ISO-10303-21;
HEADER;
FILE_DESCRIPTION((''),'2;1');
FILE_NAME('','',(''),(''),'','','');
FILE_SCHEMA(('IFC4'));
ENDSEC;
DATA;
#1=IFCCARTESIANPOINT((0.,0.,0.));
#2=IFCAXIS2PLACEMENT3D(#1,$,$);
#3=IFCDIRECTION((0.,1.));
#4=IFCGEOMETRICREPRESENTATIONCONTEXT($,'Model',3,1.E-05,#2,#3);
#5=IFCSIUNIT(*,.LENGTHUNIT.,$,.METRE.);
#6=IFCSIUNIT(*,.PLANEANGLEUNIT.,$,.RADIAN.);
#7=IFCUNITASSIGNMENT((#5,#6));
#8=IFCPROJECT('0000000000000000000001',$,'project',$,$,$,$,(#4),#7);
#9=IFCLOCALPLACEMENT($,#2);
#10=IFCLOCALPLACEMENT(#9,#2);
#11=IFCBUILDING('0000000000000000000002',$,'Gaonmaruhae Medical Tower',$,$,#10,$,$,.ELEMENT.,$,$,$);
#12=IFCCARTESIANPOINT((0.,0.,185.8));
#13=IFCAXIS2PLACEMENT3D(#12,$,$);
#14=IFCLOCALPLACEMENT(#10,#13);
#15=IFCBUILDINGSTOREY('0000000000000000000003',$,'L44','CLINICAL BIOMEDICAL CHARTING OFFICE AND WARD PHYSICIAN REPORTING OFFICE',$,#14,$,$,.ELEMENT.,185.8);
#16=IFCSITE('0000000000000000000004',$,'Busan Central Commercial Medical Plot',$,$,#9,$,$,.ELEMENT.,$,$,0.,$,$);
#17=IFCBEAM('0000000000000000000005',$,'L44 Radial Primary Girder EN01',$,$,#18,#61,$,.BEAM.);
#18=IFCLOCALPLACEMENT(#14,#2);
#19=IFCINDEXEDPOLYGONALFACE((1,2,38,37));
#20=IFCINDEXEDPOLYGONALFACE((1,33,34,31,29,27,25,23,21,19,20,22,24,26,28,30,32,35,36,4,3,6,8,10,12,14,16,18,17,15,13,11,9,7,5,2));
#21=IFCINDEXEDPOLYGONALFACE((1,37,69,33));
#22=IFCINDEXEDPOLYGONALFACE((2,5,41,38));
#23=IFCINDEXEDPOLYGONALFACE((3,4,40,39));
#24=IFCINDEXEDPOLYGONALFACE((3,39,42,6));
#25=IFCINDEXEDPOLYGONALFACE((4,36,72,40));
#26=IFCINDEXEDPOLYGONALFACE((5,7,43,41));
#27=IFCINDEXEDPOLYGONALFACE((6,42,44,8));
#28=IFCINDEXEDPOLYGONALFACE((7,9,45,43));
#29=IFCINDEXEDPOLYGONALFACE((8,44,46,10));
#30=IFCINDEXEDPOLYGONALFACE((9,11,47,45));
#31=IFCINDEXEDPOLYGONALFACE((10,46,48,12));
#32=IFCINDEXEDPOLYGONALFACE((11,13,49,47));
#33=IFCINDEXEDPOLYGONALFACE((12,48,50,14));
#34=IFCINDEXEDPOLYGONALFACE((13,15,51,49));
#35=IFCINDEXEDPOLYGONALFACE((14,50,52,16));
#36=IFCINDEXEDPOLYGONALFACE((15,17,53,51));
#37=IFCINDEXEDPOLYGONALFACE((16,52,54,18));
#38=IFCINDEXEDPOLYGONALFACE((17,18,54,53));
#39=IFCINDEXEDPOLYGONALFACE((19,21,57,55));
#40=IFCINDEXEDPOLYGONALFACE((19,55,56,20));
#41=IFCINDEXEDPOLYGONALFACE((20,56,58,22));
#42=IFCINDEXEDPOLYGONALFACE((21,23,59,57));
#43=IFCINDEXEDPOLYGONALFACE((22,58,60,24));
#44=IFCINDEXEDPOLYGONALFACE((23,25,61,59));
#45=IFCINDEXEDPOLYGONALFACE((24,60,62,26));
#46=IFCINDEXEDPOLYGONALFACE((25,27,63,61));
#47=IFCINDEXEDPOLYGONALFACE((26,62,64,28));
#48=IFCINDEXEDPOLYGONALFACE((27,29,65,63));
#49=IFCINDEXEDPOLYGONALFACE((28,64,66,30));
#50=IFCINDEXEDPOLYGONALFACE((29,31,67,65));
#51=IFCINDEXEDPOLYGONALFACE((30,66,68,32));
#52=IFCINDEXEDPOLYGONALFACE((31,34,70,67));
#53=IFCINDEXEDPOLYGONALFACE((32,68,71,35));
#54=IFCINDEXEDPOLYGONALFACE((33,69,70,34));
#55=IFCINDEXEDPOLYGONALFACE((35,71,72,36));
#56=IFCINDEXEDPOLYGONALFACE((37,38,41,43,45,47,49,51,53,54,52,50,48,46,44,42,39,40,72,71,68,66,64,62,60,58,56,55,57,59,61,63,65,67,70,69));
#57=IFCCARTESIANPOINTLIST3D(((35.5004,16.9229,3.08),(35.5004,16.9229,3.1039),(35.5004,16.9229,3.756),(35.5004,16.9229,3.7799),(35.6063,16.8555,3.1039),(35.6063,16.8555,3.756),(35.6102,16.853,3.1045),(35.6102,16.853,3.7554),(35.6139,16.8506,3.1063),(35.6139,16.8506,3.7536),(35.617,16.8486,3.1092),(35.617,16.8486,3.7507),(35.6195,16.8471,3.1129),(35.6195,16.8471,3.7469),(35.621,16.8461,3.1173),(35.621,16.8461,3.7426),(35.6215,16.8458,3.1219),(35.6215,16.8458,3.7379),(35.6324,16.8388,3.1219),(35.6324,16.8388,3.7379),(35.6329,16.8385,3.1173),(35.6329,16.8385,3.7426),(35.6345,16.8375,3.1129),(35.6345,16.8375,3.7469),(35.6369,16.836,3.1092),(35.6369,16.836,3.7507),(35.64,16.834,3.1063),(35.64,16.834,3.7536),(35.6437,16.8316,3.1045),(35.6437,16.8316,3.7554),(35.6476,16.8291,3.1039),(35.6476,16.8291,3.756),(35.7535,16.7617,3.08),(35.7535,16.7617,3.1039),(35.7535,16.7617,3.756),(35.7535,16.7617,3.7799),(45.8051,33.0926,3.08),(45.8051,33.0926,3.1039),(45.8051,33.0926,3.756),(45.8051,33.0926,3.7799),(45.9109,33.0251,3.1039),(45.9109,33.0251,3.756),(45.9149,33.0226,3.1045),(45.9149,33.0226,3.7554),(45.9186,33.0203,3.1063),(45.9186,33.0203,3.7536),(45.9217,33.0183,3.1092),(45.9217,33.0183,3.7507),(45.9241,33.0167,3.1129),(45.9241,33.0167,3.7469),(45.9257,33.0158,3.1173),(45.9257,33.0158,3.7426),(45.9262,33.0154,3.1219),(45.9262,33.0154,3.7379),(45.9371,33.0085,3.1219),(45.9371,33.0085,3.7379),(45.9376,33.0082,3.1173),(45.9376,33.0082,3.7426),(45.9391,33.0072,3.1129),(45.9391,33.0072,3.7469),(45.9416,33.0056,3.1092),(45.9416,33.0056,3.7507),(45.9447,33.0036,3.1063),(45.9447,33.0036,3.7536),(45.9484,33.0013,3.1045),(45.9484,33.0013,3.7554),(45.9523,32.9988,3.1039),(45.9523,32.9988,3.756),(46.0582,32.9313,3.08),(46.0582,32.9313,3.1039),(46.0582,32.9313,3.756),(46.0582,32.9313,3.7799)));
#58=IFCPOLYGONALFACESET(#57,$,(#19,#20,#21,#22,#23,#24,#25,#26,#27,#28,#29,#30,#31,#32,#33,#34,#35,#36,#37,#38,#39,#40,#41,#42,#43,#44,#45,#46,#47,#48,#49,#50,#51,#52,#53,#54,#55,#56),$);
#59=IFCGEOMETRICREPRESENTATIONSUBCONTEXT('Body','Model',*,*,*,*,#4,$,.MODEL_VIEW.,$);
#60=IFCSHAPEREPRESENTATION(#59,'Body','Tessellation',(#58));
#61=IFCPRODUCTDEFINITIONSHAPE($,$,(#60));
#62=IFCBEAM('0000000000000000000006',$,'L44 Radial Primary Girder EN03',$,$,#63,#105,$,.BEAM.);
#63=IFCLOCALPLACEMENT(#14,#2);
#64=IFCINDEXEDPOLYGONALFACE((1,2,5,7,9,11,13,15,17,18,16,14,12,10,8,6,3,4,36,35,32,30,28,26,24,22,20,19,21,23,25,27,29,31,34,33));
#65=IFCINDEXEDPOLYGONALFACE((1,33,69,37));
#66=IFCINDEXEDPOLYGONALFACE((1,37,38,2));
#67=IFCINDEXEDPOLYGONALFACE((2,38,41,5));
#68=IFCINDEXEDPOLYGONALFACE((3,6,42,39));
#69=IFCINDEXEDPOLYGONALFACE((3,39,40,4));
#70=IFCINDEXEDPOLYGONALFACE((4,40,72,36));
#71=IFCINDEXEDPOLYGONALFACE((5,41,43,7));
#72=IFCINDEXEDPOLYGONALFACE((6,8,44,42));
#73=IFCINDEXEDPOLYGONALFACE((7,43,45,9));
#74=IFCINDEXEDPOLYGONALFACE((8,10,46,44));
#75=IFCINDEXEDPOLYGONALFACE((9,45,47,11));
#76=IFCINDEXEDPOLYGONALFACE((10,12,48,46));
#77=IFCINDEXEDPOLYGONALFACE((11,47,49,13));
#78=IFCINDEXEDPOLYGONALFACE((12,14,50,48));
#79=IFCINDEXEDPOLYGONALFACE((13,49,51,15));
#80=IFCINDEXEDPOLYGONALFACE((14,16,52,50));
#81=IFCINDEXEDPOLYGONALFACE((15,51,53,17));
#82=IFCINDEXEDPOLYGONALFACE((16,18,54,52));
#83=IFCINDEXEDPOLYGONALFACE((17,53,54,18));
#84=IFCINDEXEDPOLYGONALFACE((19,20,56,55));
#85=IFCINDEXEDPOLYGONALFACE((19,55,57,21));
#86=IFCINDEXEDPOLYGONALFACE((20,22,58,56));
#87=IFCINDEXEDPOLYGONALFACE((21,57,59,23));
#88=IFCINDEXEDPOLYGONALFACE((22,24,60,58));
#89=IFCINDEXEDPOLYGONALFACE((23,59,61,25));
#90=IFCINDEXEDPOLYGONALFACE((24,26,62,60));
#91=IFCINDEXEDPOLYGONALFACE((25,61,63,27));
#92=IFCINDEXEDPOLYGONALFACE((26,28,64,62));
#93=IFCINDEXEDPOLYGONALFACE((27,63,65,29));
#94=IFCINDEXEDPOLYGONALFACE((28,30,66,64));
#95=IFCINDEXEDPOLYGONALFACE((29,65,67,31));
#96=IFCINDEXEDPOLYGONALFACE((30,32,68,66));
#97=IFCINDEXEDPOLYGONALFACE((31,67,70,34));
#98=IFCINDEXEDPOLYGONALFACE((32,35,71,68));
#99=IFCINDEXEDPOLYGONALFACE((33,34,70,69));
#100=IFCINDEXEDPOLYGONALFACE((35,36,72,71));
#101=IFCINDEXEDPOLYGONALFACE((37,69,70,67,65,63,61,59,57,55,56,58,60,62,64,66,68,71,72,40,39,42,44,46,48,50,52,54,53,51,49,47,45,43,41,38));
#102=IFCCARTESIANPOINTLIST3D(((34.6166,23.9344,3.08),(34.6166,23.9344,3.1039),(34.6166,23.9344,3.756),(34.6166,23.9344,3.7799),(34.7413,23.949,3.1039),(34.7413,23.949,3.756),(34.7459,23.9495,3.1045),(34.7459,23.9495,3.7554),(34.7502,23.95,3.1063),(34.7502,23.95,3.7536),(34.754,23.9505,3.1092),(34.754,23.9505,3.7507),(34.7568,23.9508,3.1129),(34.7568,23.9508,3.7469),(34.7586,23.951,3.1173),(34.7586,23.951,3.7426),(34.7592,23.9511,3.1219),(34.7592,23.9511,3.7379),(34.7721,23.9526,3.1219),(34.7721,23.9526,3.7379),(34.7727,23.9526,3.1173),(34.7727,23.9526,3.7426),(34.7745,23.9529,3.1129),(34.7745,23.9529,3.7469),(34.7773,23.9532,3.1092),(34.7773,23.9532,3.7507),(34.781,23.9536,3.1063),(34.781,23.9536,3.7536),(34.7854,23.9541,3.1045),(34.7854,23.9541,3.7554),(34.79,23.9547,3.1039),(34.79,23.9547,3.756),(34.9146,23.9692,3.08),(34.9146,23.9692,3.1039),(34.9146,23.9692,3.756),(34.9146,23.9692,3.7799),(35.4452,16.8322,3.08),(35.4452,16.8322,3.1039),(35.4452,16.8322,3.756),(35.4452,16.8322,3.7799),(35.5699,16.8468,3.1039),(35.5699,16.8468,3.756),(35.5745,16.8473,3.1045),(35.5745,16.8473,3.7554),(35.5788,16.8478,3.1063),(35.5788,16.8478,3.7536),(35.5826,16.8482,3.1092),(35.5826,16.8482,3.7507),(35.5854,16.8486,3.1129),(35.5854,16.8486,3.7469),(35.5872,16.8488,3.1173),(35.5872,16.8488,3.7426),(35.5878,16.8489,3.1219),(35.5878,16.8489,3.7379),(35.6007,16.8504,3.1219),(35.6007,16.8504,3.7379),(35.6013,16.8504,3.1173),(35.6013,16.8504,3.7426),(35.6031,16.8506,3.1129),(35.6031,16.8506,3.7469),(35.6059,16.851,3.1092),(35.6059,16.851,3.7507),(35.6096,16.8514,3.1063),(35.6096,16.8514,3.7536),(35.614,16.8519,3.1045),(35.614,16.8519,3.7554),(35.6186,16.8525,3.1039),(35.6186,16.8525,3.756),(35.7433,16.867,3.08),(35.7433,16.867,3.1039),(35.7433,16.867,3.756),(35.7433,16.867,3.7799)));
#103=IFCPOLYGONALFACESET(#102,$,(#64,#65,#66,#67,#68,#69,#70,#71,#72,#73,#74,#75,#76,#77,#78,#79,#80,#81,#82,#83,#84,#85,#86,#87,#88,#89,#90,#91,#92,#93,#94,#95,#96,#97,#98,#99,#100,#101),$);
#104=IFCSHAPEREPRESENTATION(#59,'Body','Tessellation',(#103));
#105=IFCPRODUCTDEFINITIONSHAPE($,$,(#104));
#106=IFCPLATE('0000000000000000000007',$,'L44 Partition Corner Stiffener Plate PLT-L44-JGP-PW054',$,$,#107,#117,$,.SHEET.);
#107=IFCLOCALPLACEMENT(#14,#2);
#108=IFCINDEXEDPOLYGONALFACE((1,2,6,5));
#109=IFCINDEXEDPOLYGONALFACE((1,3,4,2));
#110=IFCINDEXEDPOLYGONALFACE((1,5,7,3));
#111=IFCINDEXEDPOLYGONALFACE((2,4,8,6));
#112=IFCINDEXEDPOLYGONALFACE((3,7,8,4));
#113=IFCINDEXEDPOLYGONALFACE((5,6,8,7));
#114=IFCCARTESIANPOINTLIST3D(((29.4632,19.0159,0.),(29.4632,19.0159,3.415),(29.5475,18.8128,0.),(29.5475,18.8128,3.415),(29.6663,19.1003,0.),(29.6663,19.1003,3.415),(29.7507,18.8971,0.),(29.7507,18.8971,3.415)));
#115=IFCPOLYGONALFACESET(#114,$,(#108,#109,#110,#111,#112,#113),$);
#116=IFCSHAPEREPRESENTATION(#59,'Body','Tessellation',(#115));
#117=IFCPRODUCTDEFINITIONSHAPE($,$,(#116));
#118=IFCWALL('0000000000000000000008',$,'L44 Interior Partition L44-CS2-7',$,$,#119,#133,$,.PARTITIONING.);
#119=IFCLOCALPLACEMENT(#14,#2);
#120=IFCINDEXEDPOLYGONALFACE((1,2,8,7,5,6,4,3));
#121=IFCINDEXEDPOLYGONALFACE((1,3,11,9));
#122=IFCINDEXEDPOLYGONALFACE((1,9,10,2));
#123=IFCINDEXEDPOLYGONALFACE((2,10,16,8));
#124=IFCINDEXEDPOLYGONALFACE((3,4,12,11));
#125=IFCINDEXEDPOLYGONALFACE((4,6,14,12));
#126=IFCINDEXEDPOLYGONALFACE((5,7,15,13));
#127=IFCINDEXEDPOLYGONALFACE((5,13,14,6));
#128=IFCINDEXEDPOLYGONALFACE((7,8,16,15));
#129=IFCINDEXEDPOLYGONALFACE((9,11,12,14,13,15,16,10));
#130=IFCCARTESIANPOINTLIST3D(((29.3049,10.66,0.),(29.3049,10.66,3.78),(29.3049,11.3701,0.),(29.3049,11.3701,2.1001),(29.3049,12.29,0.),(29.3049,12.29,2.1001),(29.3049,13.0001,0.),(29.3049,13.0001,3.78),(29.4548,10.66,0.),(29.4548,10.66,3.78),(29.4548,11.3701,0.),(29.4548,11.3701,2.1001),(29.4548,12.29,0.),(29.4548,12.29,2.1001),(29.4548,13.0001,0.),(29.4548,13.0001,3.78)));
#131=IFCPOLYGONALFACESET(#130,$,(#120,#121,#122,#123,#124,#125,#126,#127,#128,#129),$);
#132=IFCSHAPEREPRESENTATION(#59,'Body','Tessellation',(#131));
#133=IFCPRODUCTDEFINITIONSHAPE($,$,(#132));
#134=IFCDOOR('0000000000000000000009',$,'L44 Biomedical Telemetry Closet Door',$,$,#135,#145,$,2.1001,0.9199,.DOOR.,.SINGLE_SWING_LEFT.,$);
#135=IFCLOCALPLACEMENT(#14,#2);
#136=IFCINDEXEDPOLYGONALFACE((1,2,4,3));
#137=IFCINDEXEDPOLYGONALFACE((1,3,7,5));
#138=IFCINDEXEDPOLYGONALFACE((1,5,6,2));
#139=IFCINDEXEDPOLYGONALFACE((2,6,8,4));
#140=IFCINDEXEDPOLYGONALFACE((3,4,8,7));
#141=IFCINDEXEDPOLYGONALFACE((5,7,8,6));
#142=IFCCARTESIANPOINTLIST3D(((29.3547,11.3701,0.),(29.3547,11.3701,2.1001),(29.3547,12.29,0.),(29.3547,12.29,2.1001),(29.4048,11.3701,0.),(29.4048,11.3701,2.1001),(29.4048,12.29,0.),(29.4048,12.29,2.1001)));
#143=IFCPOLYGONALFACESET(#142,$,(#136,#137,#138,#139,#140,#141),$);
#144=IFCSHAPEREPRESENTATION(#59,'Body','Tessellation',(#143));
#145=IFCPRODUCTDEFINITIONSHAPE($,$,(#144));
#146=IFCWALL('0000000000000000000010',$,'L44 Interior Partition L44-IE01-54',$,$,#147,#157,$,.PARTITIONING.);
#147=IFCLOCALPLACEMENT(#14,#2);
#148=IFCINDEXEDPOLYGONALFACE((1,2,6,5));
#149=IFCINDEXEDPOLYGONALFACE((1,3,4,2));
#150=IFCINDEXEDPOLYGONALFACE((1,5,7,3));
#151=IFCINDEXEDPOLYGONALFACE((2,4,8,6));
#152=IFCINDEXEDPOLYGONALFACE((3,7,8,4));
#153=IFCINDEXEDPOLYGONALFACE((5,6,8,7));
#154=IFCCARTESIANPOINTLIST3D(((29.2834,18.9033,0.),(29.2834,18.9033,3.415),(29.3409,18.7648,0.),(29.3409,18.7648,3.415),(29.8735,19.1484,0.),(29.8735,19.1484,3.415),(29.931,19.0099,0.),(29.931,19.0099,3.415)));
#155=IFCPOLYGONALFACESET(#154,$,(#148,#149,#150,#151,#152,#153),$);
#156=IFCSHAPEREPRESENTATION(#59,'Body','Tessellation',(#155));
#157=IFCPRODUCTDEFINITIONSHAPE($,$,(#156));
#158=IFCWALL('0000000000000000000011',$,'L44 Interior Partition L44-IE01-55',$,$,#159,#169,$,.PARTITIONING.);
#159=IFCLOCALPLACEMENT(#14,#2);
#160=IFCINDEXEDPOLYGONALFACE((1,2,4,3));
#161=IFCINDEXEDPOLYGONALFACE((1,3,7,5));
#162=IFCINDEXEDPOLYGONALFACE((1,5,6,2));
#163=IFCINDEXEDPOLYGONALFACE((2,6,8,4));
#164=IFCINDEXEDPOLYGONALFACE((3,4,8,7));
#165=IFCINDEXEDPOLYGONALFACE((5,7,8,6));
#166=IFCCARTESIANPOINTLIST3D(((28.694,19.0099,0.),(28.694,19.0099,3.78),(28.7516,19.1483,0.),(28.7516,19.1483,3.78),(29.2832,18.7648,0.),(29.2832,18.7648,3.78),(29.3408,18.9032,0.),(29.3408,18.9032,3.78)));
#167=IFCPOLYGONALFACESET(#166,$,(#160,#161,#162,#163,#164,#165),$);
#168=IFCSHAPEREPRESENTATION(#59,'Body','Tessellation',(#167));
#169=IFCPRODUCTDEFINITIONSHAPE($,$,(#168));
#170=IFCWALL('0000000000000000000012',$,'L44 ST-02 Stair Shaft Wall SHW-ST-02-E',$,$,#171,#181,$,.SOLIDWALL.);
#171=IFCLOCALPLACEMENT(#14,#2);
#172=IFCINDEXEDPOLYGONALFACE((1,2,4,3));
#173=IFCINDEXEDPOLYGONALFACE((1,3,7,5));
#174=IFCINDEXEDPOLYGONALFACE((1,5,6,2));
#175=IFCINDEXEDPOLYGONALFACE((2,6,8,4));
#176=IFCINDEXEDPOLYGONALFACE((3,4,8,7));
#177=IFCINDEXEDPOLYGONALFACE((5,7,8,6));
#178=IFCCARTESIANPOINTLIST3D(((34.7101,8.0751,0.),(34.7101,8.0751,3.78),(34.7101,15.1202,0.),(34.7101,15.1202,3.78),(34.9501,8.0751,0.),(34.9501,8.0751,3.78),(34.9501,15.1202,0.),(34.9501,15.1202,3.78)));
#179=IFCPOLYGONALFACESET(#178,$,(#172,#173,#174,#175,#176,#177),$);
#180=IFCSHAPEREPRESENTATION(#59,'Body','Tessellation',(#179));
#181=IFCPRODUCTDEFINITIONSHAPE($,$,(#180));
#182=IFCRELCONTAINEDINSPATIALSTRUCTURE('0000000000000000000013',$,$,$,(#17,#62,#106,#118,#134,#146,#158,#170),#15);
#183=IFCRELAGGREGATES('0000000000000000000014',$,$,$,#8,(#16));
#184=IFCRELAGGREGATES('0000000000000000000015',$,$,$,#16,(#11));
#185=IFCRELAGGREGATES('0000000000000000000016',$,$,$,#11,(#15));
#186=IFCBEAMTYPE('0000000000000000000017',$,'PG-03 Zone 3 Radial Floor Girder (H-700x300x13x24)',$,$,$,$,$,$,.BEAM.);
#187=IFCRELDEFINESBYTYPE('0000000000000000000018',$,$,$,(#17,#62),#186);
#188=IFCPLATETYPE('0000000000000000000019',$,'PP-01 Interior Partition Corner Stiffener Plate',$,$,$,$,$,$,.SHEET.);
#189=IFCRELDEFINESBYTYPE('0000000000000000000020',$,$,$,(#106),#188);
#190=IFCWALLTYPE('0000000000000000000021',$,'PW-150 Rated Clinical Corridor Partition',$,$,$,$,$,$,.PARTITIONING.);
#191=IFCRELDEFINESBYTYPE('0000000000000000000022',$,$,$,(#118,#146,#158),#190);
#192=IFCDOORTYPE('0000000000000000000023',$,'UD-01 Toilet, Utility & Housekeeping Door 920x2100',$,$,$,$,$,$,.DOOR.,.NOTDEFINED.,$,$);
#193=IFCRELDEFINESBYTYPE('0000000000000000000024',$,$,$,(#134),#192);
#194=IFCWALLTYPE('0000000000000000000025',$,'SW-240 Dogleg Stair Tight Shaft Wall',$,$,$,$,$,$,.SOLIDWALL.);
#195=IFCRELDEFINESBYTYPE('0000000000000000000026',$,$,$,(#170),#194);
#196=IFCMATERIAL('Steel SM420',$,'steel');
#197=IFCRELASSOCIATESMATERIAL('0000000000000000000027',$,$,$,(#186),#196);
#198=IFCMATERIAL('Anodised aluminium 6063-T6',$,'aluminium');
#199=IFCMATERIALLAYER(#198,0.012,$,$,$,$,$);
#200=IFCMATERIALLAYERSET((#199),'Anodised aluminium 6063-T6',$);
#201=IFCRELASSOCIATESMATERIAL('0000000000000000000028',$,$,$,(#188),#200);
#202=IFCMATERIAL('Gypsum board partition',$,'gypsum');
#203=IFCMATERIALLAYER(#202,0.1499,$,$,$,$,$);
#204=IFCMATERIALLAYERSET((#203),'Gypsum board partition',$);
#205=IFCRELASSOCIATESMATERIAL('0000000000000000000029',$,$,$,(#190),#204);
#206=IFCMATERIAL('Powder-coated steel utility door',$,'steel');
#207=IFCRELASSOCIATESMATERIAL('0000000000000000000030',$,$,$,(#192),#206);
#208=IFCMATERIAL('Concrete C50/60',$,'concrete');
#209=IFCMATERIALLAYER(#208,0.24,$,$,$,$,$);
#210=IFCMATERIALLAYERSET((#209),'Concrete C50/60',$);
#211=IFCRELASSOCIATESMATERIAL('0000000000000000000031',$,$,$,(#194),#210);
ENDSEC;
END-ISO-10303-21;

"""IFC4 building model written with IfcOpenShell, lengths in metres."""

from ifc_helpers import new_model, si_unit, direction, frame, frame_2d, origin, origin_2d, place, context, subcontext, project, spatial, rectangle, i_section, extrude, material, layer, layer_set, material_profile, profile_set, type_object, element, fill, save


model = new_model("IFC4")

# Units and contexts
model_context = context("Model", 3, precision=1e-05, world=origin(), true_north=direction((0.0, 1.0)))
body_context = subcontext(model_context, "Body", "Model", "MODEL_VIEW")
ifc_project = project(units=[si_unit("LENGTHUNIT", "METRE"), si_unit("PLANEANGLEUNIT", "RADIAN")], contexts=[model_context])

# Site, building, storey
site_placement = place(None, origin())
site = spatial("IfcSite", under=ifc_project, at=site_placement, Name="Busan Central Commercial Medical Plot", CompositionType="ELEMENT", RefElevation=0.0)
building_placement = place(site_placement, origin())
building = spatial("IfcBuilding", under=site, at=building_placement, Name="Gaonmaruhae Medical Tower", CompositionType="ELEMENT")
storey_placement = place(building_placement, frame((0.0, 0.0, 185.8)))
storey = spatial("IfcBuildingStorey", under=building, at=storey_placement, Name="L44", Description="CLINICAL BIOMEDICAL CHARTING OFFICE AND WARD PHYSICIAN REPORTING OFFICE", CompositionType="ELEMENT", Elevation=185.8)

# Shared definitions
ifc_material_1 = material(Name="Concrete C50/60", Category="concrete")

# Beams
ifc_material_2 = material(Name="Steel SM420", Category="steel")
ifc_material_profile_1 = material_profile(ifc_material_2, i_section(OverallWidth=0.3, OverallDepth=0.7, WebThickness=0.0129, FlangeThickness=0.0239, FilletRadius=0.0181, at=origin_2d()), Name="H-700x300x13x24")
ifc_profile_set_1 = profile_set([ifc_material_profile_1], Name="Steel SM420")
beam_type = type_object("IfcBeamType", Name="PG-03 Zone 3 Radial Floor Girder (H-700x300x13x24)", PredefinedType="BEAM", material=ifc_profile_set_1)
beam_1_placement = place(storey_placement, frame((35.627, 16.8423, 3.4299), z_axis=(0.537428, 0.84331, 0.0), x_axis=(-0.84331, 0.537428, 0.0)))
element("IfcBeam", 1, at=beam_1_placement, inside=storey, type_object=beam_type, Name="L44 Radial Primary Girder EN01", PredefinedType="BEAM", context=body_context, shape_type="SweptSolid", body=[
    extrude(i_section(OverallWidth=0.3, OverallDepth=0.7, WebThickness=0.0129, FlangeThickness=0.0239, FilletRadius=0.0181, at=origin_2d()), origin(), (0.0, 0.0, 1.0), 19.1741),
])
beam_2_placement = place(storey_placement, frame((35.5942, 16.8496, 3.4299), z_axis=(-0.115882, 0.993263, 0.0), x_axis=(-0.993263, -0.115882, 0.0)))
element("IfcBeam", 2, at=beam_2_placement, inside=storey, type_object=beam_type, Name="L44 Radial Primary Girder EN03", PredefinedType="BEAM", context=body_context, shape_type="SweptSolid", body=[
    extrude(i_section(OverallWidth=0.3, OverallDepth=0.7, WebThickness=0.0129, FlangeThickness=0.0239, FilletRadius=0.0181, at=origin_2d()), origin(), (0.0, 0.0, 1.0), 7.1504),
])

# Plate
ifc_material_3 = material(Name="Anodised aluminium 6063-T6", Category="aluminium")
ifc_layer_1 = layer(ifc_material_3, 0.012)
ifc_layer_set_1 = layer_set([ifc_layer_1], Name="Anodised aluminium 6063-T6")
plate_type = type_object("IfcPlateType", Name="PP-01 Interior Partition Corner Stiffener Plate", PredefinedType="SHEET", material=ifc_layer_set_1)
plate_placement = place(storey_placement, frame((29.6069, 18.9565, 0.0), z_axis=(0.0, 0.0, 1.0), x_axis=(-0.923539, -0.383506, 0.0)))
element("IfcPlate", 3, at=plate_placement, inside=storey, type_object=plate_type, Name="L44 Partition Corner Stiffener Plate PLT-L44-JGP-PW054", PredefinedType="SHEET", context=body_context, shape_type="SweptSolid", body=[
    extrude(rectangle(XDim=0.22, YDim=0.22, at=origin_2d()), origin(), (0.0, 0.0, 1.0), 3.415),
])

# Wall, opening, door
ifc_material_4 = material(Name="Gypsum board partition", Category="gypsum")
ifc_layer_2 = layer(ifc_material_4, 0.1499)
ifc_layer_set_2 = layer_set([ifc_layer_2], Name="Gypsum board partition")
wall_type_1 = type_object("IfcWallType", Name="PW-150 Rated Clinical Corridor Partition", PredefinedType="PARTITIONING", material=ifc_layer_set_2)
wall_1_placement = place(storey_placement, frame((29.3799, 13.0, 0.0), z_axis=(0.0, 0.0, 1.0), x_axis=(0.0, -1.0, 0.0)))
wall_1 = element("IfcWall", 4, at=wall_1_placement, inside=storey, type_object=wall_type_1, Name="L44 Interior Partition L44-CS2-7", PredefinedType="PARTITIONING", context=body_context, shape_type="SweptSolid", body=[
    extrude(rectangle(XDim=2.3401, YDim=0.1499, at=frame_2d((1.1699, 0.0))), origin(), (0.0, 0.0, 1.0), 3.78),
])
opening_1_placement = place(wall_1_placement, frame((0.71, 0.0, 0.0)))
opening_1 = element("IfcOpeningElement", 5, at=opening_1_placement, cuts=wall_1, PredefinedType="OPENING", context=body_context, shape_type="SweptSolid", body=[
    extrude(rectangle(XDim=0.9199, YDim=2.1001, at=frame_2d((0.46, 1.05))), frame((0.0, 0.085, 0.0), z_axis=(0.0, -1.0, 0.0), x_axis=(1.0, 0.0, 0.0)), (0.0, 0.0, 1.0), 0.1699),
])
ifc_material_5 = material(Name="Powder-coated steel utility door", Category="steel")
door_type_1 = type_object("IfcDoorType", Name="UD-01 Toilet, Utility & Housekeeping Door 920x2100", OperationType="NOTDEFINED", PredefinedType="DOOR", material=ifc_material_5)
door_1_placement = place(opening_1_placement, origin())
door_1 = element("IfcDoor", 6, at=door_1_placement, inside=storey, type_object=door_type_1, Name="L44 Biomedical Telemetry Closet Door", OperationType="SINGLE_SWING_LEFT", OverallHeight=2.1001, OverallWidth=0.9199, PredefinedType="DOOR", context=body_context, shape_type="SweptSolid", body=[
    extrude(rectangle(XDim=0.9199, YDim=2.1001, at=frame_2d((0.46, 1.05))), frame((0.0, 0.0249, 0.0), z_axis=(0.0, -1.0, 0.0), x_axis=(1.0, 0.0, 0.0)), (0.0, 0.0, 1.0), 0.05),
])
fill(opening_1, door_1)

# Walls
wall_2_placement = place(storey_placement, frame((29.9021, 19.0791, 0.0), z_axis=(0.0, 0.0, 1.0), x_axis=(-0.923495, -0.383611, 0.0)))
element("IfcWall", 7, at=wall_2_placement, inside=storey, type_object=wall_type_1, Name="L44 Interior Partition L44-IE01-54", PredefinedType="PARTITIONING", context=body_context, shape_type="SweptSolid", body=[
    extrude(rectangle(XDim=0.6389, YDim=0.1499, at=frame_2d((0.3193, 0.0))), origin(), (0.0, 0.0, 1.0), 3.415),
])
wall_3_placement = place(storey_placement, frame((29.312, 18.834, 0.0), z_axis=(0.0, 0.0, 1.0), x_axis=(-0.923269, 0.384153, 0.0)))
element("IfcWall", 8, at=wall_3_placement, inside=storey, type_object=wall_type_1, Name="L44 Interior Partition L44-IE01-55", PredefinedType="PARTITIONING", context=body_context, shape_type="SweptSolid", body=[
    extrude(rectangle(XDim=0.6382, YDim=0.1499, at=frame_2d((0.3191, 0.0))), origin(), (0.0, 0.0, 1.0), 3.78),
])

# Shared definitions
ifc_layer_3 = layer(ifc_material_1, 0.24)
ifc_layer_set_3 = layer_set([ifc_layer_3], Name="Concrete C50/60")
wall_type_2 = type_object("IfcWallType", Name="SW-240 Dogleg Stair Tight Shaft Wall", PredefinedType="SOLIDWALL", material=ifc_layer_set_3)

# Wall
wall_4_placement = place(storey_placement, frame((34.8301, 15.1201, 0.0), z_axis=(0.0, 0.0, 1.0), x_axis=(0.0, -1.0, 0.0)))
element("IfcWall", 9, at=wall_4_placement, inside=storey, type_object=wall_type_2, Name="L44 ST-02 Stair Shaft Wall SHW-ST-02-E", PredefinedType="SOLIDWALL", context=body_context, shape_type="SweptSolid", body=[
    extrude(rectangle(XDim=7.0452, YDim=0.24, at=frame_2d((3.5225, 0.0))), origin(), (0.0, 0.0, 1.0), 3.78),
])

save(model, "model.ifc")
